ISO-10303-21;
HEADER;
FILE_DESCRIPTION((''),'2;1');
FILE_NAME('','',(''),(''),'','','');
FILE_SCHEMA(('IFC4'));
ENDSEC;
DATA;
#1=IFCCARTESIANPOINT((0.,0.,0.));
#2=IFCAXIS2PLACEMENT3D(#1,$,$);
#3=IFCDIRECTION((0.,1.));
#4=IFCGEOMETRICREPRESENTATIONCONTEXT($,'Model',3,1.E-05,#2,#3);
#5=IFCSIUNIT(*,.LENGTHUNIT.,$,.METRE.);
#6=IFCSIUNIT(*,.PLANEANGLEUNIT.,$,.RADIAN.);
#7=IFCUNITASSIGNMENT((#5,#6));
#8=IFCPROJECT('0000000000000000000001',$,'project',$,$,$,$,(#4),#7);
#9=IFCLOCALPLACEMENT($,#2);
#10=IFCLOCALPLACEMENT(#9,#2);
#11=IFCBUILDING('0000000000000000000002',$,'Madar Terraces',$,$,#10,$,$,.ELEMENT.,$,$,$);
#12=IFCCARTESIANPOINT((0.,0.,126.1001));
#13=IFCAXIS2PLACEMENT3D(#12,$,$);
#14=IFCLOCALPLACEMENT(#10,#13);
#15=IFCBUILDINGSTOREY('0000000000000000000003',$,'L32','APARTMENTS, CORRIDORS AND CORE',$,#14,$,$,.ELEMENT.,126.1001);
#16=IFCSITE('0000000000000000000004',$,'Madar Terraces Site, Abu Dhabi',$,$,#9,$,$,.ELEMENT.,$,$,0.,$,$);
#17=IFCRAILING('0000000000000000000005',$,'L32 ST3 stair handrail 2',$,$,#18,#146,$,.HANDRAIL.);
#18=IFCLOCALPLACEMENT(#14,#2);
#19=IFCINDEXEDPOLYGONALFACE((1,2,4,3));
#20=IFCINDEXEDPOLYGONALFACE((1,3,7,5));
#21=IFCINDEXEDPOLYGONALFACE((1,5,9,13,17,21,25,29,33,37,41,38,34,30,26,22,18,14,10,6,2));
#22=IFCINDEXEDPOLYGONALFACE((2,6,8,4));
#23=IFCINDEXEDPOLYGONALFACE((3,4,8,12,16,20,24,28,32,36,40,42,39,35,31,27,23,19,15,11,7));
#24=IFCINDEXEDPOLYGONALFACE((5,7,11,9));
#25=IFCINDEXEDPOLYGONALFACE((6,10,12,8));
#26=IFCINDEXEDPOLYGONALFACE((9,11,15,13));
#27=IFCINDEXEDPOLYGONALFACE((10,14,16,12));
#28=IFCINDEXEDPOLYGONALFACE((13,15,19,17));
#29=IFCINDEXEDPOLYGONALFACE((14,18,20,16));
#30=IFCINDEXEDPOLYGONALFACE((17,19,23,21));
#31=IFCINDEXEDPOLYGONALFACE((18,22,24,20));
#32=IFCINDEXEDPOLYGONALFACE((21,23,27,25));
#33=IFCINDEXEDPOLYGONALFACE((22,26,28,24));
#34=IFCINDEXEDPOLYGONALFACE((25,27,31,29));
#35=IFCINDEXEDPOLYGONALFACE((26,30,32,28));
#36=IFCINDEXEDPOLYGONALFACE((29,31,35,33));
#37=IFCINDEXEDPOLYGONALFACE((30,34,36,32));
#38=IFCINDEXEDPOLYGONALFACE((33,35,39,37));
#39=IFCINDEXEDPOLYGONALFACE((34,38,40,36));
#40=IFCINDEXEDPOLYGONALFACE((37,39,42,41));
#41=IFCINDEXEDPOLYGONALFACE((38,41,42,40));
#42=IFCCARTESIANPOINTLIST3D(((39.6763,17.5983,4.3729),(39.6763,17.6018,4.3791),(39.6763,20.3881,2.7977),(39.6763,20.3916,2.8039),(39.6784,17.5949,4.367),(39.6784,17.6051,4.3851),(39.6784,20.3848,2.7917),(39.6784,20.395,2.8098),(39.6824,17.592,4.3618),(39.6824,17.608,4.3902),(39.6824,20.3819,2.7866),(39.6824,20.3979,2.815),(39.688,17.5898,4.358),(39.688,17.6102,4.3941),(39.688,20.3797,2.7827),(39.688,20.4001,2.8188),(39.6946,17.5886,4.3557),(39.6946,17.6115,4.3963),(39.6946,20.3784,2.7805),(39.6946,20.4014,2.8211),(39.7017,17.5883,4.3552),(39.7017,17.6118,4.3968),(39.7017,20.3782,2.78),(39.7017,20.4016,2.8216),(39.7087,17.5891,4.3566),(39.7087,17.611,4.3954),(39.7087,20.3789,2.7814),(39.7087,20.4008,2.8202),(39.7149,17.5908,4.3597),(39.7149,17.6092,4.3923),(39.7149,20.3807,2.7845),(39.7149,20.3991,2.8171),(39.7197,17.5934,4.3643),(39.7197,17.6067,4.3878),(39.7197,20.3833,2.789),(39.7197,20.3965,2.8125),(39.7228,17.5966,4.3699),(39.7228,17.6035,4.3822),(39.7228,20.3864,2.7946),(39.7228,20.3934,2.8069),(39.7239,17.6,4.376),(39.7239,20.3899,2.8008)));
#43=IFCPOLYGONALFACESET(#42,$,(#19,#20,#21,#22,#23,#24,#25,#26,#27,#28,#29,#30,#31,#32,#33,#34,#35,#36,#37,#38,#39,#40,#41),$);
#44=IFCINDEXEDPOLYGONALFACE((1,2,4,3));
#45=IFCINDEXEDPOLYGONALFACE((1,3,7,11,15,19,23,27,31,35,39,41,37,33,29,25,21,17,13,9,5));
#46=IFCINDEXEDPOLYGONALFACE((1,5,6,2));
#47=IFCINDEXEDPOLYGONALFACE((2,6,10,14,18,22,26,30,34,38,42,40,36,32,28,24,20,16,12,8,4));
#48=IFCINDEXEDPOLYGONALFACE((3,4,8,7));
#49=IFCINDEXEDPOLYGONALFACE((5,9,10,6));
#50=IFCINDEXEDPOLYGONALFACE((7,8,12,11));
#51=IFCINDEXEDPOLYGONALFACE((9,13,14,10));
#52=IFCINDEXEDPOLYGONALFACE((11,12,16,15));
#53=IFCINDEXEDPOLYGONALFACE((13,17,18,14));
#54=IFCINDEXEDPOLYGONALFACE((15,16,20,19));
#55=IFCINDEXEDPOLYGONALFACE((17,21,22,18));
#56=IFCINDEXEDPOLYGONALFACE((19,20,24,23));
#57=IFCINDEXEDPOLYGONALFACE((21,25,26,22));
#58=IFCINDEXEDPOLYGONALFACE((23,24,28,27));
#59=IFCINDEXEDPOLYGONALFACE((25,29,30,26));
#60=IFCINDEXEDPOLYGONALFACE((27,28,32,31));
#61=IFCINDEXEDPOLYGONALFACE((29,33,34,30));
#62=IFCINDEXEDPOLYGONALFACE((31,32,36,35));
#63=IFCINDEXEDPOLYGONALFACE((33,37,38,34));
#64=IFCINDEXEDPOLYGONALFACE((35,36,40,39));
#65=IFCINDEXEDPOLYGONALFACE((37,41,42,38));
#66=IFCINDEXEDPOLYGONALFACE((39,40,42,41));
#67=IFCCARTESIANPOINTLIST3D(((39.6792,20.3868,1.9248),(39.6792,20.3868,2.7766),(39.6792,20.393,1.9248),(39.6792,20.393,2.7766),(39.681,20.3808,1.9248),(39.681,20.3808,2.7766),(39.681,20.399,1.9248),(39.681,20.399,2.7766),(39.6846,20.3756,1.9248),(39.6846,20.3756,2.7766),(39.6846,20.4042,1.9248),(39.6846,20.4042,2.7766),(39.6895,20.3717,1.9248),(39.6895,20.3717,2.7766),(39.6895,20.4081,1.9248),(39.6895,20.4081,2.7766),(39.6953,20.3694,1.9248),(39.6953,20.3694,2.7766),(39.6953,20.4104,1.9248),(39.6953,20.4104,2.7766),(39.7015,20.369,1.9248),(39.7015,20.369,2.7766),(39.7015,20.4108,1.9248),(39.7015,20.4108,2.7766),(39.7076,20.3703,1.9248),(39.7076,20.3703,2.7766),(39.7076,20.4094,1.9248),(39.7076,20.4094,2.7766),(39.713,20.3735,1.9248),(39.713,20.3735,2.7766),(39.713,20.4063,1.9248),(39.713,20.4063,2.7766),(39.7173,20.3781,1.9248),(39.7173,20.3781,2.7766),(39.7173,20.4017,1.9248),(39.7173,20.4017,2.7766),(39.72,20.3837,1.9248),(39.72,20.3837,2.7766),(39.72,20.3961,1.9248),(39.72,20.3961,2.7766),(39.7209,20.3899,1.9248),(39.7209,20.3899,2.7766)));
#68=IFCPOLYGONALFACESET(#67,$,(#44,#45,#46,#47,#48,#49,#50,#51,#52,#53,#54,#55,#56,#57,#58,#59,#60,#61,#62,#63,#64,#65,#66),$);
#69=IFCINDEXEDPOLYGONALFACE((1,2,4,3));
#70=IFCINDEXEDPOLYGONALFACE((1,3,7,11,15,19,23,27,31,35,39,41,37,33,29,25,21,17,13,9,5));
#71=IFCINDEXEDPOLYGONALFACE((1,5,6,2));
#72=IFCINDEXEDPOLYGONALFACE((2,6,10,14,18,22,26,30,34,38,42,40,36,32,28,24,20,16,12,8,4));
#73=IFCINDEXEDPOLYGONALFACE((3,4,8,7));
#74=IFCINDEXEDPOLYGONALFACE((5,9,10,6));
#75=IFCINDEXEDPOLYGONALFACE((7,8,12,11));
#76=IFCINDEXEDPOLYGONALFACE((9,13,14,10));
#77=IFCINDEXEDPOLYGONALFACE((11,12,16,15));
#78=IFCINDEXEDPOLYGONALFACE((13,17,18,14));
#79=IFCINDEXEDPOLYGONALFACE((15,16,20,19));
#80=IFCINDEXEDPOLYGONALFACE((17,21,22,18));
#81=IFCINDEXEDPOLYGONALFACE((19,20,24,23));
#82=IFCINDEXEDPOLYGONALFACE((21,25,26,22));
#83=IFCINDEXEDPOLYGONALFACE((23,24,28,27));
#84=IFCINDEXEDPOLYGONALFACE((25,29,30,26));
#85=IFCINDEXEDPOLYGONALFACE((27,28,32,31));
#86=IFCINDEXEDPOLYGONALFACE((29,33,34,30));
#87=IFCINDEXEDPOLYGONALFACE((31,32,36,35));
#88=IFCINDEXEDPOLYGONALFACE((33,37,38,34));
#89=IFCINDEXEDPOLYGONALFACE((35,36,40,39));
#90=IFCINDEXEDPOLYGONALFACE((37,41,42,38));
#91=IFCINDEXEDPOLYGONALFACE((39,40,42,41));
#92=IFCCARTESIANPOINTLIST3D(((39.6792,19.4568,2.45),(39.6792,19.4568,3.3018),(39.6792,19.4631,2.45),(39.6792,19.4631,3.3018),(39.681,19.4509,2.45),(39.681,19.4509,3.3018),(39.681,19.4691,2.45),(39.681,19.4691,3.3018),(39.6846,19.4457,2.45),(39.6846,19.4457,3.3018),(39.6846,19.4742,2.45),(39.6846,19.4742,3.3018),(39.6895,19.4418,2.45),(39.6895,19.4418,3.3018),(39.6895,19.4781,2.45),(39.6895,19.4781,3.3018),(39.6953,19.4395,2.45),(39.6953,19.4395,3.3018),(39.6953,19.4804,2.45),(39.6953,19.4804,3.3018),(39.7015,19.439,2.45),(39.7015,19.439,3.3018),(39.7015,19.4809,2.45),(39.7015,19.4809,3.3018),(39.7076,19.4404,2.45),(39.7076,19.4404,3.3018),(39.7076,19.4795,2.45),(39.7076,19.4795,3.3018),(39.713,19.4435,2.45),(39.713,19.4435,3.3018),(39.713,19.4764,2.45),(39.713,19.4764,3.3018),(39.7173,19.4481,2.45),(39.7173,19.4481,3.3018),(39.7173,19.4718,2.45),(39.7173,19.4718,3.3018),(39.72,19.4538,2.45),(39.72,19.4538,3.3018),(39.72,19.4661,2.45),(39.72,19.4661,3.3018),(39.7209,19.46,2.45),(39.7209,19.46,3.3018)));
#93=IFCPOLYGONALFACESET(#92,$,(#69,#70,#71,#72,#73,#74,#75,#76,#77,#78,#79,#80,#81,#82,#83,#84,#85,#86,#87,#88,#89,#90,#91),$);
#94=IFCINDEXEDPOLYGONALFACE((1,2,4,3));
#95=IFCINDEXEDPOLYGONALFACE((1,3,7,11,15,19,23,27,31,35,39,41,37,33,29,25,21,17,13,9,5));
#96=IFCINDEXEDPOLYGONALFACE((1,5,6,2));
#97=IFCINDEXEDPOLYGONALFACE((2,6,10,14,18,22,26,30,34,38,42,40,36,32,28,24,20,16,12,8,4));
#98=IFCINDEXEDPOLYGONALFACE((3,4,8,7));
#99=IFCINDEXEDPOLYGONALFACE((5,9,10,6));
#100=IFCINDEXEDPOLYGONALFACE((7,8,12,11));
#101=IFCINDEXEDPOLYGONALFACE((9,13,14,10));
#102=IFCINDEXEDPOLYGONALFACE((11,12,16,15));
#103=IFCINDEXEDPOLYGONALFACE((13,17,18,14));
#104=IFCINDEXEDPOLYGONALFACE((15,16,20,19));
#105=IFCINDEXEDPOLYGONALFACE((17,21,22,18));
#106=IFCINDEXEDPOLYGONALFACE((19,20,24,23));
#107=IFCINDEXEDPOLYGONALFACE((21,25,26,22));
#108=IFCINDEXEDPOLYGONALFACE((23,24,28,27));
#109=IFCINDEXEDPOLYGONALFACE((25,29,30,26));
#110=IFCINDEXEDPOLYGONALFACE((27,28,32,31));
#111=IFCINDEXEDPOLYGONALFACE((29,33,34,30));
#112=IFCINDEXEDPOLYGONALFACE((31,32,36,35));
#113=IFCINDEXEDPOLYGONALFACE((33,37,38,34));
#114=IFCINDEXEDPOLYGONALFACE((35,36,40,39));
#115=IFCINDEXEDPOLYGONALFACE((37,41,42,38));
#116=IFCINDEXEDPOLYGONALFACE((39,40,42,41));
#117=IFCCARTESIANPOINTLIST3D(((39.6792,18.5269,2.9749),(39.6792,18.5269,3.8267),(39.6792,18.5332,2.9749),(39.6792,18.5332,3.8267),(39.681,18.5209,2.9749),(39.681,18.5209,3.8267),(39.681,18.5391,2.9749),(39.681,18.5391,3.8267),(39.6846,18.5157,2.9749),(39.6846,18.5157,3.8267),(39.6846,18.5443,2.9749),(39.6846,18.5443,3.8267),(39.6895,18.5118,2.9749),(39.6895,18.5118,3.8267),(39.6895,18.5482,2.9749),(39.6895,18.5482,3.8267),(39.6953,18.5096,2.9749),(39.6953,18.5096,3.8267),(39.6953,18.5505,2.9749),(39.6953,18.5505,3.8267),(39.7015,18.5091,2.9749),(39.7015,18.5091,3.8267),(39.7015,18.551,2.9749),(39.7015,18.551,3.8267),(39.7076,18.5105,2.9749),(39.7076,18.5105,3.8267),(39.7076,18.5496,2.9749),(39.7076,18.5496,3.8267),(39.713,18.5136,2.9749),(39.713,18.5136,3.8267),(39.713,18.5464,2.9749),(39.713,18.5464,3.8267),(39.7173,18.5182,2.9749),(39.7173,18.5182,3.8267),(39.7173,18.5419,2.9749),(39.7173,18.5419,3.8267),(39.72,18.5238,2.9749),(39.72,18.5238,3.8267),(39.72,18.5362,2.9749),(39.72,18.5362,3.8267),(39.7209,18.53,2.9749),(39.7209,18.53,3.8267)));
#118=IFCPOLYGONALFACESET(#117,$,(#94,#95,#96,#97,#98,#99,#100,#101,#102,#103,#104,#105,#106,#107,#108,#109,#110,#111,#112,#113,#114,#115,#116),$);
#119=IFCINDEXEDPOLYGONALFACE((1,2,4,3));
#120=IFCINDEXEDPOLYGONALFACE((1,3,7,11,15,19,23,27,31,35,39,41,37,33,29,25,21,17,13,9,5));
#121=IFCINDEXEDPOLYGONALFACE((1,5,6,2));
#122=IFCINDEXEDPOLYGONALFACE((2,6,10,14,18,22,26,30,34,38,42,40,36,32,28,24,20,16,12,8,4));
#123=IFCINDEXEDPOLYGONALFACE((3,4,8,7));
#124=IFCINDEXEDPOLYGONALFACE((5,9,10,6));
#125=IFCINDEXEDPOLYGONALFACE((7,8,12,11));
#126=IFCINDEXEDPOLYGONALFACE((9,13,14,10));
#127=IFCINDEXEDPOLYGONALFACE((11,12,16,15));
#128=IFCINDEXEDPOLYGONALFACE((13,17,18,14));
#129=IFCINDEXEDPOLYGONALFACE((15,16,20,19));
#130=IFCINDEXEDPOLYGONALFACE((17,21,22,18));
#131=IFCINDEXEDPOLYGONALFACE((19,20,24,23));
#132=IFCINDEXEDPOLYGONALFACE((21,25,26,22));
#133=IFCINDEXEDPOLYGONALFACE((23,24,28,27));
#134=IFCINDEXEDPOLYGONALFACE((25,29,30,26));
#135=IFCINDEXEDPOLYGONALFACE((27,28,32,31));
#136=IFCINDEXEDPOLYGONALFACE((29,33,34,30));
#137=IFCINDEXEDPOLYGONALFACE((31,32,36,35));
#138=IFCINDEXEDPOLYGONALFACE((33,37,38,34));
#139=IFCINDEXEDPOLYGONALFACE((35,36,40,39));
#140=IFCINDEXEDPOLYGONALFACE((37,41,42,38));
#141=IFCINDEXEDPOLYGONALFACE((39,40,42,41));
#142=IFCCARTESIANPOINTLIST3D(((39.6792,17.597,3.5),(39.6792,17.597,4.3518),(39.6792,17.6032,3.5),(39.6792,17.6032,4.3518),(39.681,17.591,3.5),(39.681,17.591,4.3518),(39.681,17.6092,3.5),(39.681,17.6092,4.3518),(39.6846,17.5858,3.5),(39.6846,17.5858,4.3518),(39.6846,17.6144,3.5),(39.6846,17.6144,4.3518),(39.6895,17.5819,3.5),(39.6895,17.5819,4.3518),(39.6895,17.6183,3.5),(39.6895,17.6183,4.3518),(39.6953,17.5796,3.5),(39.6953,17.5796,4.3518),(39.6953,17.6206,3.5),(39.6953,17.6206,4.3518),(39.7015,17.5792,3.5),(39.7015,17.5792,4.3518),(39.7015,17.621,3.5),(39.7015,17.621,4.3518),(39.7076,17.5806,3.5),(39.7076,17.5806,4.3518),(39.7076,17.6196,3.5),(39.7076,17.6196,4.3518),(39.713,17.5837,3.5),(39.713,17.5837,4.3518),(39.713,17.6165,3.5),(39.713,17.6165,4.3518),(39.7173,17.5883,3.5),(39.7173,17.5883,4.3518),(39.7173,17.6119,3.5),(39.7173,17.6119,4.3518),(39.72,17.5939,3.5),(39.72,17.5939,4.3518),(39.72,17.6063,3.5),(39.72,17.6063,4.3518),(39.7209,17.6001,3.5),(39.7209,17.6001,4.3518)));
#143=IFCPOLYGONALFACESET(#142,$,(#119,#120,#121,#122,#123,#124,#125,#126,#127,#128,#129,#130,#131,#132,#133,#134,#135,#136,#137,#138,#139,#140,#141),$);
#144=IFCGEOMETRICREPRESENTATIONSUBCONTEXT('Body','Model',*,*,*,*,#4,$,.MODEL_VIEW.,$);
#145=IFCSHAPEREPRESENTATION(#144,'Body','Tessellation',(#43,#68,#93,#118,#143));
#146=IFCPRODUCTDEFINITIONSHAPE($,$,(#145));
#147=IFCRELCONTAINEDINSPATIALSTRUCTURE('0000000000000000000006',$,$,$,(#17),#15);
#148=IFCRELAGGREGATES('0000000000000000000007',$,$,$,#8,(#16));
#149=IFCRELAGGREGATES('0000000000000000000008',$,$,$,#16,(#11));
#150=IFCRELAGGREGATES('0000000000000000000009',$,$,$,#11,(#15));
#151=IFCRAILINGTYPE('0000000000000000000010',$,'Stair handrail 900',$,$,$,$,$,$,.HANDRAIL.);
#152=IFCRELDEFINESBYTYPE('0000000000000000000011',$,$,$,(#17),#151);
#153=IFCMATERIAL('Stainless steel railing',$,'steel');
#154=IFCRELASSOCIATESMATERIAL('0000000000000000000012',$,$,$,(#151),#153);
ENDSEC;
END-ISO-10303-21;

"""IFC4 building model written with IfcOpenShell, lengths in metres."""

from ifc_helpers import new_model, si_unit, direction, frame, origin, origin_2d, place, context, subcontext, project, spatial, circle, extrude, material, type_object, element, save


model = new_model("IFC4")

# Units and contexts
model_context = context("Model", 3, precision=1e-05, world=origin(), true_north=direction((0.0, 1.0)))
body_context = subcontext(model_context, "Body", "Model", "MODEL_VIEW")
ifc_project = project(units=[si_unit("LENGTHUNIT", "METRE"), si_unit("PLANEANGLEUNIT", "RADIAN")], contexts=[model_context])

# Site, building, storey
site_placement = place(None, origin())
site = spatial("IfcSite", under=ifc_project, at=site_placement, Name="Madar Terraces Site, Abu Dhabi", CompositionType="ELEMENT", RefElevation=0.0)
building_placement = place(site_placement, origin())
building = spatial("IfcBuilding", under=site, at=building_placement, Name="Madar Terraces", CompositionType="ELEMENT")
storey_placement = place(building_placement, frame((0.0, 0.0, 126.1001)))
storey = spatial("IfcBuildingStorey", under=building, at=storey_placement, Name="L32", Description="APARTMENTS, CORRIDORS AND CORE", CompositionType="ELEMENT", Elevation=126.1001)

# Railing
ifc_material_1 = material(Name="Stainless steel railing", Category="steel")
railing_type_1 = type_object("IfcRailingType", Name="Stair handrail 900", PredefinedType="HANDRAIL", material=ifc_material_1)
railing_1_placement = place(storey_placement, frame((39.7, 20.3899, 1.9248)))
element("IfcRailing", 1, at=railing_1_placement, inside=storey, type_object=railing_type_1, Name="L32 ST3 stair handrail 2", PredefinedType="HANDRAIL", context=body_context, shape_type="SweptSolid", body=[
    extrude(circle(Radius=0.0239, at=origin_2d()), frame((0.0, 0.0, 0.876), z_axis=(0.0, -0.870783, 0.491668), x_axis=(1.0, 0.0, 0.0)), (0.0, 0.0, 1.0), 3.2039),
    extrude(circle(Radius=0.021, at=origin_2d()), origin(), (0.0, 0.0, 1.0), 0.8518),
    extrude(circle(Radius=0.021, at=origin_2d()), frame((0.0, -0.9299, 0.5251)), (0.0, 0.0, 1.0), 0.8518),
    extrude(circle(Radius=0.021, at=origin_2d()), frame((0.0, -1.8599, 1.05)), (0.0, 0.0, 1.0), 0.8518),
    extrude(circle(Radius=0.021, at=origin_2d()), frame((0.0, -2.7898, 1.5752)), (0.0, 0.0, 1.0), 0.8518),
])

save(model, "model.ifc")
